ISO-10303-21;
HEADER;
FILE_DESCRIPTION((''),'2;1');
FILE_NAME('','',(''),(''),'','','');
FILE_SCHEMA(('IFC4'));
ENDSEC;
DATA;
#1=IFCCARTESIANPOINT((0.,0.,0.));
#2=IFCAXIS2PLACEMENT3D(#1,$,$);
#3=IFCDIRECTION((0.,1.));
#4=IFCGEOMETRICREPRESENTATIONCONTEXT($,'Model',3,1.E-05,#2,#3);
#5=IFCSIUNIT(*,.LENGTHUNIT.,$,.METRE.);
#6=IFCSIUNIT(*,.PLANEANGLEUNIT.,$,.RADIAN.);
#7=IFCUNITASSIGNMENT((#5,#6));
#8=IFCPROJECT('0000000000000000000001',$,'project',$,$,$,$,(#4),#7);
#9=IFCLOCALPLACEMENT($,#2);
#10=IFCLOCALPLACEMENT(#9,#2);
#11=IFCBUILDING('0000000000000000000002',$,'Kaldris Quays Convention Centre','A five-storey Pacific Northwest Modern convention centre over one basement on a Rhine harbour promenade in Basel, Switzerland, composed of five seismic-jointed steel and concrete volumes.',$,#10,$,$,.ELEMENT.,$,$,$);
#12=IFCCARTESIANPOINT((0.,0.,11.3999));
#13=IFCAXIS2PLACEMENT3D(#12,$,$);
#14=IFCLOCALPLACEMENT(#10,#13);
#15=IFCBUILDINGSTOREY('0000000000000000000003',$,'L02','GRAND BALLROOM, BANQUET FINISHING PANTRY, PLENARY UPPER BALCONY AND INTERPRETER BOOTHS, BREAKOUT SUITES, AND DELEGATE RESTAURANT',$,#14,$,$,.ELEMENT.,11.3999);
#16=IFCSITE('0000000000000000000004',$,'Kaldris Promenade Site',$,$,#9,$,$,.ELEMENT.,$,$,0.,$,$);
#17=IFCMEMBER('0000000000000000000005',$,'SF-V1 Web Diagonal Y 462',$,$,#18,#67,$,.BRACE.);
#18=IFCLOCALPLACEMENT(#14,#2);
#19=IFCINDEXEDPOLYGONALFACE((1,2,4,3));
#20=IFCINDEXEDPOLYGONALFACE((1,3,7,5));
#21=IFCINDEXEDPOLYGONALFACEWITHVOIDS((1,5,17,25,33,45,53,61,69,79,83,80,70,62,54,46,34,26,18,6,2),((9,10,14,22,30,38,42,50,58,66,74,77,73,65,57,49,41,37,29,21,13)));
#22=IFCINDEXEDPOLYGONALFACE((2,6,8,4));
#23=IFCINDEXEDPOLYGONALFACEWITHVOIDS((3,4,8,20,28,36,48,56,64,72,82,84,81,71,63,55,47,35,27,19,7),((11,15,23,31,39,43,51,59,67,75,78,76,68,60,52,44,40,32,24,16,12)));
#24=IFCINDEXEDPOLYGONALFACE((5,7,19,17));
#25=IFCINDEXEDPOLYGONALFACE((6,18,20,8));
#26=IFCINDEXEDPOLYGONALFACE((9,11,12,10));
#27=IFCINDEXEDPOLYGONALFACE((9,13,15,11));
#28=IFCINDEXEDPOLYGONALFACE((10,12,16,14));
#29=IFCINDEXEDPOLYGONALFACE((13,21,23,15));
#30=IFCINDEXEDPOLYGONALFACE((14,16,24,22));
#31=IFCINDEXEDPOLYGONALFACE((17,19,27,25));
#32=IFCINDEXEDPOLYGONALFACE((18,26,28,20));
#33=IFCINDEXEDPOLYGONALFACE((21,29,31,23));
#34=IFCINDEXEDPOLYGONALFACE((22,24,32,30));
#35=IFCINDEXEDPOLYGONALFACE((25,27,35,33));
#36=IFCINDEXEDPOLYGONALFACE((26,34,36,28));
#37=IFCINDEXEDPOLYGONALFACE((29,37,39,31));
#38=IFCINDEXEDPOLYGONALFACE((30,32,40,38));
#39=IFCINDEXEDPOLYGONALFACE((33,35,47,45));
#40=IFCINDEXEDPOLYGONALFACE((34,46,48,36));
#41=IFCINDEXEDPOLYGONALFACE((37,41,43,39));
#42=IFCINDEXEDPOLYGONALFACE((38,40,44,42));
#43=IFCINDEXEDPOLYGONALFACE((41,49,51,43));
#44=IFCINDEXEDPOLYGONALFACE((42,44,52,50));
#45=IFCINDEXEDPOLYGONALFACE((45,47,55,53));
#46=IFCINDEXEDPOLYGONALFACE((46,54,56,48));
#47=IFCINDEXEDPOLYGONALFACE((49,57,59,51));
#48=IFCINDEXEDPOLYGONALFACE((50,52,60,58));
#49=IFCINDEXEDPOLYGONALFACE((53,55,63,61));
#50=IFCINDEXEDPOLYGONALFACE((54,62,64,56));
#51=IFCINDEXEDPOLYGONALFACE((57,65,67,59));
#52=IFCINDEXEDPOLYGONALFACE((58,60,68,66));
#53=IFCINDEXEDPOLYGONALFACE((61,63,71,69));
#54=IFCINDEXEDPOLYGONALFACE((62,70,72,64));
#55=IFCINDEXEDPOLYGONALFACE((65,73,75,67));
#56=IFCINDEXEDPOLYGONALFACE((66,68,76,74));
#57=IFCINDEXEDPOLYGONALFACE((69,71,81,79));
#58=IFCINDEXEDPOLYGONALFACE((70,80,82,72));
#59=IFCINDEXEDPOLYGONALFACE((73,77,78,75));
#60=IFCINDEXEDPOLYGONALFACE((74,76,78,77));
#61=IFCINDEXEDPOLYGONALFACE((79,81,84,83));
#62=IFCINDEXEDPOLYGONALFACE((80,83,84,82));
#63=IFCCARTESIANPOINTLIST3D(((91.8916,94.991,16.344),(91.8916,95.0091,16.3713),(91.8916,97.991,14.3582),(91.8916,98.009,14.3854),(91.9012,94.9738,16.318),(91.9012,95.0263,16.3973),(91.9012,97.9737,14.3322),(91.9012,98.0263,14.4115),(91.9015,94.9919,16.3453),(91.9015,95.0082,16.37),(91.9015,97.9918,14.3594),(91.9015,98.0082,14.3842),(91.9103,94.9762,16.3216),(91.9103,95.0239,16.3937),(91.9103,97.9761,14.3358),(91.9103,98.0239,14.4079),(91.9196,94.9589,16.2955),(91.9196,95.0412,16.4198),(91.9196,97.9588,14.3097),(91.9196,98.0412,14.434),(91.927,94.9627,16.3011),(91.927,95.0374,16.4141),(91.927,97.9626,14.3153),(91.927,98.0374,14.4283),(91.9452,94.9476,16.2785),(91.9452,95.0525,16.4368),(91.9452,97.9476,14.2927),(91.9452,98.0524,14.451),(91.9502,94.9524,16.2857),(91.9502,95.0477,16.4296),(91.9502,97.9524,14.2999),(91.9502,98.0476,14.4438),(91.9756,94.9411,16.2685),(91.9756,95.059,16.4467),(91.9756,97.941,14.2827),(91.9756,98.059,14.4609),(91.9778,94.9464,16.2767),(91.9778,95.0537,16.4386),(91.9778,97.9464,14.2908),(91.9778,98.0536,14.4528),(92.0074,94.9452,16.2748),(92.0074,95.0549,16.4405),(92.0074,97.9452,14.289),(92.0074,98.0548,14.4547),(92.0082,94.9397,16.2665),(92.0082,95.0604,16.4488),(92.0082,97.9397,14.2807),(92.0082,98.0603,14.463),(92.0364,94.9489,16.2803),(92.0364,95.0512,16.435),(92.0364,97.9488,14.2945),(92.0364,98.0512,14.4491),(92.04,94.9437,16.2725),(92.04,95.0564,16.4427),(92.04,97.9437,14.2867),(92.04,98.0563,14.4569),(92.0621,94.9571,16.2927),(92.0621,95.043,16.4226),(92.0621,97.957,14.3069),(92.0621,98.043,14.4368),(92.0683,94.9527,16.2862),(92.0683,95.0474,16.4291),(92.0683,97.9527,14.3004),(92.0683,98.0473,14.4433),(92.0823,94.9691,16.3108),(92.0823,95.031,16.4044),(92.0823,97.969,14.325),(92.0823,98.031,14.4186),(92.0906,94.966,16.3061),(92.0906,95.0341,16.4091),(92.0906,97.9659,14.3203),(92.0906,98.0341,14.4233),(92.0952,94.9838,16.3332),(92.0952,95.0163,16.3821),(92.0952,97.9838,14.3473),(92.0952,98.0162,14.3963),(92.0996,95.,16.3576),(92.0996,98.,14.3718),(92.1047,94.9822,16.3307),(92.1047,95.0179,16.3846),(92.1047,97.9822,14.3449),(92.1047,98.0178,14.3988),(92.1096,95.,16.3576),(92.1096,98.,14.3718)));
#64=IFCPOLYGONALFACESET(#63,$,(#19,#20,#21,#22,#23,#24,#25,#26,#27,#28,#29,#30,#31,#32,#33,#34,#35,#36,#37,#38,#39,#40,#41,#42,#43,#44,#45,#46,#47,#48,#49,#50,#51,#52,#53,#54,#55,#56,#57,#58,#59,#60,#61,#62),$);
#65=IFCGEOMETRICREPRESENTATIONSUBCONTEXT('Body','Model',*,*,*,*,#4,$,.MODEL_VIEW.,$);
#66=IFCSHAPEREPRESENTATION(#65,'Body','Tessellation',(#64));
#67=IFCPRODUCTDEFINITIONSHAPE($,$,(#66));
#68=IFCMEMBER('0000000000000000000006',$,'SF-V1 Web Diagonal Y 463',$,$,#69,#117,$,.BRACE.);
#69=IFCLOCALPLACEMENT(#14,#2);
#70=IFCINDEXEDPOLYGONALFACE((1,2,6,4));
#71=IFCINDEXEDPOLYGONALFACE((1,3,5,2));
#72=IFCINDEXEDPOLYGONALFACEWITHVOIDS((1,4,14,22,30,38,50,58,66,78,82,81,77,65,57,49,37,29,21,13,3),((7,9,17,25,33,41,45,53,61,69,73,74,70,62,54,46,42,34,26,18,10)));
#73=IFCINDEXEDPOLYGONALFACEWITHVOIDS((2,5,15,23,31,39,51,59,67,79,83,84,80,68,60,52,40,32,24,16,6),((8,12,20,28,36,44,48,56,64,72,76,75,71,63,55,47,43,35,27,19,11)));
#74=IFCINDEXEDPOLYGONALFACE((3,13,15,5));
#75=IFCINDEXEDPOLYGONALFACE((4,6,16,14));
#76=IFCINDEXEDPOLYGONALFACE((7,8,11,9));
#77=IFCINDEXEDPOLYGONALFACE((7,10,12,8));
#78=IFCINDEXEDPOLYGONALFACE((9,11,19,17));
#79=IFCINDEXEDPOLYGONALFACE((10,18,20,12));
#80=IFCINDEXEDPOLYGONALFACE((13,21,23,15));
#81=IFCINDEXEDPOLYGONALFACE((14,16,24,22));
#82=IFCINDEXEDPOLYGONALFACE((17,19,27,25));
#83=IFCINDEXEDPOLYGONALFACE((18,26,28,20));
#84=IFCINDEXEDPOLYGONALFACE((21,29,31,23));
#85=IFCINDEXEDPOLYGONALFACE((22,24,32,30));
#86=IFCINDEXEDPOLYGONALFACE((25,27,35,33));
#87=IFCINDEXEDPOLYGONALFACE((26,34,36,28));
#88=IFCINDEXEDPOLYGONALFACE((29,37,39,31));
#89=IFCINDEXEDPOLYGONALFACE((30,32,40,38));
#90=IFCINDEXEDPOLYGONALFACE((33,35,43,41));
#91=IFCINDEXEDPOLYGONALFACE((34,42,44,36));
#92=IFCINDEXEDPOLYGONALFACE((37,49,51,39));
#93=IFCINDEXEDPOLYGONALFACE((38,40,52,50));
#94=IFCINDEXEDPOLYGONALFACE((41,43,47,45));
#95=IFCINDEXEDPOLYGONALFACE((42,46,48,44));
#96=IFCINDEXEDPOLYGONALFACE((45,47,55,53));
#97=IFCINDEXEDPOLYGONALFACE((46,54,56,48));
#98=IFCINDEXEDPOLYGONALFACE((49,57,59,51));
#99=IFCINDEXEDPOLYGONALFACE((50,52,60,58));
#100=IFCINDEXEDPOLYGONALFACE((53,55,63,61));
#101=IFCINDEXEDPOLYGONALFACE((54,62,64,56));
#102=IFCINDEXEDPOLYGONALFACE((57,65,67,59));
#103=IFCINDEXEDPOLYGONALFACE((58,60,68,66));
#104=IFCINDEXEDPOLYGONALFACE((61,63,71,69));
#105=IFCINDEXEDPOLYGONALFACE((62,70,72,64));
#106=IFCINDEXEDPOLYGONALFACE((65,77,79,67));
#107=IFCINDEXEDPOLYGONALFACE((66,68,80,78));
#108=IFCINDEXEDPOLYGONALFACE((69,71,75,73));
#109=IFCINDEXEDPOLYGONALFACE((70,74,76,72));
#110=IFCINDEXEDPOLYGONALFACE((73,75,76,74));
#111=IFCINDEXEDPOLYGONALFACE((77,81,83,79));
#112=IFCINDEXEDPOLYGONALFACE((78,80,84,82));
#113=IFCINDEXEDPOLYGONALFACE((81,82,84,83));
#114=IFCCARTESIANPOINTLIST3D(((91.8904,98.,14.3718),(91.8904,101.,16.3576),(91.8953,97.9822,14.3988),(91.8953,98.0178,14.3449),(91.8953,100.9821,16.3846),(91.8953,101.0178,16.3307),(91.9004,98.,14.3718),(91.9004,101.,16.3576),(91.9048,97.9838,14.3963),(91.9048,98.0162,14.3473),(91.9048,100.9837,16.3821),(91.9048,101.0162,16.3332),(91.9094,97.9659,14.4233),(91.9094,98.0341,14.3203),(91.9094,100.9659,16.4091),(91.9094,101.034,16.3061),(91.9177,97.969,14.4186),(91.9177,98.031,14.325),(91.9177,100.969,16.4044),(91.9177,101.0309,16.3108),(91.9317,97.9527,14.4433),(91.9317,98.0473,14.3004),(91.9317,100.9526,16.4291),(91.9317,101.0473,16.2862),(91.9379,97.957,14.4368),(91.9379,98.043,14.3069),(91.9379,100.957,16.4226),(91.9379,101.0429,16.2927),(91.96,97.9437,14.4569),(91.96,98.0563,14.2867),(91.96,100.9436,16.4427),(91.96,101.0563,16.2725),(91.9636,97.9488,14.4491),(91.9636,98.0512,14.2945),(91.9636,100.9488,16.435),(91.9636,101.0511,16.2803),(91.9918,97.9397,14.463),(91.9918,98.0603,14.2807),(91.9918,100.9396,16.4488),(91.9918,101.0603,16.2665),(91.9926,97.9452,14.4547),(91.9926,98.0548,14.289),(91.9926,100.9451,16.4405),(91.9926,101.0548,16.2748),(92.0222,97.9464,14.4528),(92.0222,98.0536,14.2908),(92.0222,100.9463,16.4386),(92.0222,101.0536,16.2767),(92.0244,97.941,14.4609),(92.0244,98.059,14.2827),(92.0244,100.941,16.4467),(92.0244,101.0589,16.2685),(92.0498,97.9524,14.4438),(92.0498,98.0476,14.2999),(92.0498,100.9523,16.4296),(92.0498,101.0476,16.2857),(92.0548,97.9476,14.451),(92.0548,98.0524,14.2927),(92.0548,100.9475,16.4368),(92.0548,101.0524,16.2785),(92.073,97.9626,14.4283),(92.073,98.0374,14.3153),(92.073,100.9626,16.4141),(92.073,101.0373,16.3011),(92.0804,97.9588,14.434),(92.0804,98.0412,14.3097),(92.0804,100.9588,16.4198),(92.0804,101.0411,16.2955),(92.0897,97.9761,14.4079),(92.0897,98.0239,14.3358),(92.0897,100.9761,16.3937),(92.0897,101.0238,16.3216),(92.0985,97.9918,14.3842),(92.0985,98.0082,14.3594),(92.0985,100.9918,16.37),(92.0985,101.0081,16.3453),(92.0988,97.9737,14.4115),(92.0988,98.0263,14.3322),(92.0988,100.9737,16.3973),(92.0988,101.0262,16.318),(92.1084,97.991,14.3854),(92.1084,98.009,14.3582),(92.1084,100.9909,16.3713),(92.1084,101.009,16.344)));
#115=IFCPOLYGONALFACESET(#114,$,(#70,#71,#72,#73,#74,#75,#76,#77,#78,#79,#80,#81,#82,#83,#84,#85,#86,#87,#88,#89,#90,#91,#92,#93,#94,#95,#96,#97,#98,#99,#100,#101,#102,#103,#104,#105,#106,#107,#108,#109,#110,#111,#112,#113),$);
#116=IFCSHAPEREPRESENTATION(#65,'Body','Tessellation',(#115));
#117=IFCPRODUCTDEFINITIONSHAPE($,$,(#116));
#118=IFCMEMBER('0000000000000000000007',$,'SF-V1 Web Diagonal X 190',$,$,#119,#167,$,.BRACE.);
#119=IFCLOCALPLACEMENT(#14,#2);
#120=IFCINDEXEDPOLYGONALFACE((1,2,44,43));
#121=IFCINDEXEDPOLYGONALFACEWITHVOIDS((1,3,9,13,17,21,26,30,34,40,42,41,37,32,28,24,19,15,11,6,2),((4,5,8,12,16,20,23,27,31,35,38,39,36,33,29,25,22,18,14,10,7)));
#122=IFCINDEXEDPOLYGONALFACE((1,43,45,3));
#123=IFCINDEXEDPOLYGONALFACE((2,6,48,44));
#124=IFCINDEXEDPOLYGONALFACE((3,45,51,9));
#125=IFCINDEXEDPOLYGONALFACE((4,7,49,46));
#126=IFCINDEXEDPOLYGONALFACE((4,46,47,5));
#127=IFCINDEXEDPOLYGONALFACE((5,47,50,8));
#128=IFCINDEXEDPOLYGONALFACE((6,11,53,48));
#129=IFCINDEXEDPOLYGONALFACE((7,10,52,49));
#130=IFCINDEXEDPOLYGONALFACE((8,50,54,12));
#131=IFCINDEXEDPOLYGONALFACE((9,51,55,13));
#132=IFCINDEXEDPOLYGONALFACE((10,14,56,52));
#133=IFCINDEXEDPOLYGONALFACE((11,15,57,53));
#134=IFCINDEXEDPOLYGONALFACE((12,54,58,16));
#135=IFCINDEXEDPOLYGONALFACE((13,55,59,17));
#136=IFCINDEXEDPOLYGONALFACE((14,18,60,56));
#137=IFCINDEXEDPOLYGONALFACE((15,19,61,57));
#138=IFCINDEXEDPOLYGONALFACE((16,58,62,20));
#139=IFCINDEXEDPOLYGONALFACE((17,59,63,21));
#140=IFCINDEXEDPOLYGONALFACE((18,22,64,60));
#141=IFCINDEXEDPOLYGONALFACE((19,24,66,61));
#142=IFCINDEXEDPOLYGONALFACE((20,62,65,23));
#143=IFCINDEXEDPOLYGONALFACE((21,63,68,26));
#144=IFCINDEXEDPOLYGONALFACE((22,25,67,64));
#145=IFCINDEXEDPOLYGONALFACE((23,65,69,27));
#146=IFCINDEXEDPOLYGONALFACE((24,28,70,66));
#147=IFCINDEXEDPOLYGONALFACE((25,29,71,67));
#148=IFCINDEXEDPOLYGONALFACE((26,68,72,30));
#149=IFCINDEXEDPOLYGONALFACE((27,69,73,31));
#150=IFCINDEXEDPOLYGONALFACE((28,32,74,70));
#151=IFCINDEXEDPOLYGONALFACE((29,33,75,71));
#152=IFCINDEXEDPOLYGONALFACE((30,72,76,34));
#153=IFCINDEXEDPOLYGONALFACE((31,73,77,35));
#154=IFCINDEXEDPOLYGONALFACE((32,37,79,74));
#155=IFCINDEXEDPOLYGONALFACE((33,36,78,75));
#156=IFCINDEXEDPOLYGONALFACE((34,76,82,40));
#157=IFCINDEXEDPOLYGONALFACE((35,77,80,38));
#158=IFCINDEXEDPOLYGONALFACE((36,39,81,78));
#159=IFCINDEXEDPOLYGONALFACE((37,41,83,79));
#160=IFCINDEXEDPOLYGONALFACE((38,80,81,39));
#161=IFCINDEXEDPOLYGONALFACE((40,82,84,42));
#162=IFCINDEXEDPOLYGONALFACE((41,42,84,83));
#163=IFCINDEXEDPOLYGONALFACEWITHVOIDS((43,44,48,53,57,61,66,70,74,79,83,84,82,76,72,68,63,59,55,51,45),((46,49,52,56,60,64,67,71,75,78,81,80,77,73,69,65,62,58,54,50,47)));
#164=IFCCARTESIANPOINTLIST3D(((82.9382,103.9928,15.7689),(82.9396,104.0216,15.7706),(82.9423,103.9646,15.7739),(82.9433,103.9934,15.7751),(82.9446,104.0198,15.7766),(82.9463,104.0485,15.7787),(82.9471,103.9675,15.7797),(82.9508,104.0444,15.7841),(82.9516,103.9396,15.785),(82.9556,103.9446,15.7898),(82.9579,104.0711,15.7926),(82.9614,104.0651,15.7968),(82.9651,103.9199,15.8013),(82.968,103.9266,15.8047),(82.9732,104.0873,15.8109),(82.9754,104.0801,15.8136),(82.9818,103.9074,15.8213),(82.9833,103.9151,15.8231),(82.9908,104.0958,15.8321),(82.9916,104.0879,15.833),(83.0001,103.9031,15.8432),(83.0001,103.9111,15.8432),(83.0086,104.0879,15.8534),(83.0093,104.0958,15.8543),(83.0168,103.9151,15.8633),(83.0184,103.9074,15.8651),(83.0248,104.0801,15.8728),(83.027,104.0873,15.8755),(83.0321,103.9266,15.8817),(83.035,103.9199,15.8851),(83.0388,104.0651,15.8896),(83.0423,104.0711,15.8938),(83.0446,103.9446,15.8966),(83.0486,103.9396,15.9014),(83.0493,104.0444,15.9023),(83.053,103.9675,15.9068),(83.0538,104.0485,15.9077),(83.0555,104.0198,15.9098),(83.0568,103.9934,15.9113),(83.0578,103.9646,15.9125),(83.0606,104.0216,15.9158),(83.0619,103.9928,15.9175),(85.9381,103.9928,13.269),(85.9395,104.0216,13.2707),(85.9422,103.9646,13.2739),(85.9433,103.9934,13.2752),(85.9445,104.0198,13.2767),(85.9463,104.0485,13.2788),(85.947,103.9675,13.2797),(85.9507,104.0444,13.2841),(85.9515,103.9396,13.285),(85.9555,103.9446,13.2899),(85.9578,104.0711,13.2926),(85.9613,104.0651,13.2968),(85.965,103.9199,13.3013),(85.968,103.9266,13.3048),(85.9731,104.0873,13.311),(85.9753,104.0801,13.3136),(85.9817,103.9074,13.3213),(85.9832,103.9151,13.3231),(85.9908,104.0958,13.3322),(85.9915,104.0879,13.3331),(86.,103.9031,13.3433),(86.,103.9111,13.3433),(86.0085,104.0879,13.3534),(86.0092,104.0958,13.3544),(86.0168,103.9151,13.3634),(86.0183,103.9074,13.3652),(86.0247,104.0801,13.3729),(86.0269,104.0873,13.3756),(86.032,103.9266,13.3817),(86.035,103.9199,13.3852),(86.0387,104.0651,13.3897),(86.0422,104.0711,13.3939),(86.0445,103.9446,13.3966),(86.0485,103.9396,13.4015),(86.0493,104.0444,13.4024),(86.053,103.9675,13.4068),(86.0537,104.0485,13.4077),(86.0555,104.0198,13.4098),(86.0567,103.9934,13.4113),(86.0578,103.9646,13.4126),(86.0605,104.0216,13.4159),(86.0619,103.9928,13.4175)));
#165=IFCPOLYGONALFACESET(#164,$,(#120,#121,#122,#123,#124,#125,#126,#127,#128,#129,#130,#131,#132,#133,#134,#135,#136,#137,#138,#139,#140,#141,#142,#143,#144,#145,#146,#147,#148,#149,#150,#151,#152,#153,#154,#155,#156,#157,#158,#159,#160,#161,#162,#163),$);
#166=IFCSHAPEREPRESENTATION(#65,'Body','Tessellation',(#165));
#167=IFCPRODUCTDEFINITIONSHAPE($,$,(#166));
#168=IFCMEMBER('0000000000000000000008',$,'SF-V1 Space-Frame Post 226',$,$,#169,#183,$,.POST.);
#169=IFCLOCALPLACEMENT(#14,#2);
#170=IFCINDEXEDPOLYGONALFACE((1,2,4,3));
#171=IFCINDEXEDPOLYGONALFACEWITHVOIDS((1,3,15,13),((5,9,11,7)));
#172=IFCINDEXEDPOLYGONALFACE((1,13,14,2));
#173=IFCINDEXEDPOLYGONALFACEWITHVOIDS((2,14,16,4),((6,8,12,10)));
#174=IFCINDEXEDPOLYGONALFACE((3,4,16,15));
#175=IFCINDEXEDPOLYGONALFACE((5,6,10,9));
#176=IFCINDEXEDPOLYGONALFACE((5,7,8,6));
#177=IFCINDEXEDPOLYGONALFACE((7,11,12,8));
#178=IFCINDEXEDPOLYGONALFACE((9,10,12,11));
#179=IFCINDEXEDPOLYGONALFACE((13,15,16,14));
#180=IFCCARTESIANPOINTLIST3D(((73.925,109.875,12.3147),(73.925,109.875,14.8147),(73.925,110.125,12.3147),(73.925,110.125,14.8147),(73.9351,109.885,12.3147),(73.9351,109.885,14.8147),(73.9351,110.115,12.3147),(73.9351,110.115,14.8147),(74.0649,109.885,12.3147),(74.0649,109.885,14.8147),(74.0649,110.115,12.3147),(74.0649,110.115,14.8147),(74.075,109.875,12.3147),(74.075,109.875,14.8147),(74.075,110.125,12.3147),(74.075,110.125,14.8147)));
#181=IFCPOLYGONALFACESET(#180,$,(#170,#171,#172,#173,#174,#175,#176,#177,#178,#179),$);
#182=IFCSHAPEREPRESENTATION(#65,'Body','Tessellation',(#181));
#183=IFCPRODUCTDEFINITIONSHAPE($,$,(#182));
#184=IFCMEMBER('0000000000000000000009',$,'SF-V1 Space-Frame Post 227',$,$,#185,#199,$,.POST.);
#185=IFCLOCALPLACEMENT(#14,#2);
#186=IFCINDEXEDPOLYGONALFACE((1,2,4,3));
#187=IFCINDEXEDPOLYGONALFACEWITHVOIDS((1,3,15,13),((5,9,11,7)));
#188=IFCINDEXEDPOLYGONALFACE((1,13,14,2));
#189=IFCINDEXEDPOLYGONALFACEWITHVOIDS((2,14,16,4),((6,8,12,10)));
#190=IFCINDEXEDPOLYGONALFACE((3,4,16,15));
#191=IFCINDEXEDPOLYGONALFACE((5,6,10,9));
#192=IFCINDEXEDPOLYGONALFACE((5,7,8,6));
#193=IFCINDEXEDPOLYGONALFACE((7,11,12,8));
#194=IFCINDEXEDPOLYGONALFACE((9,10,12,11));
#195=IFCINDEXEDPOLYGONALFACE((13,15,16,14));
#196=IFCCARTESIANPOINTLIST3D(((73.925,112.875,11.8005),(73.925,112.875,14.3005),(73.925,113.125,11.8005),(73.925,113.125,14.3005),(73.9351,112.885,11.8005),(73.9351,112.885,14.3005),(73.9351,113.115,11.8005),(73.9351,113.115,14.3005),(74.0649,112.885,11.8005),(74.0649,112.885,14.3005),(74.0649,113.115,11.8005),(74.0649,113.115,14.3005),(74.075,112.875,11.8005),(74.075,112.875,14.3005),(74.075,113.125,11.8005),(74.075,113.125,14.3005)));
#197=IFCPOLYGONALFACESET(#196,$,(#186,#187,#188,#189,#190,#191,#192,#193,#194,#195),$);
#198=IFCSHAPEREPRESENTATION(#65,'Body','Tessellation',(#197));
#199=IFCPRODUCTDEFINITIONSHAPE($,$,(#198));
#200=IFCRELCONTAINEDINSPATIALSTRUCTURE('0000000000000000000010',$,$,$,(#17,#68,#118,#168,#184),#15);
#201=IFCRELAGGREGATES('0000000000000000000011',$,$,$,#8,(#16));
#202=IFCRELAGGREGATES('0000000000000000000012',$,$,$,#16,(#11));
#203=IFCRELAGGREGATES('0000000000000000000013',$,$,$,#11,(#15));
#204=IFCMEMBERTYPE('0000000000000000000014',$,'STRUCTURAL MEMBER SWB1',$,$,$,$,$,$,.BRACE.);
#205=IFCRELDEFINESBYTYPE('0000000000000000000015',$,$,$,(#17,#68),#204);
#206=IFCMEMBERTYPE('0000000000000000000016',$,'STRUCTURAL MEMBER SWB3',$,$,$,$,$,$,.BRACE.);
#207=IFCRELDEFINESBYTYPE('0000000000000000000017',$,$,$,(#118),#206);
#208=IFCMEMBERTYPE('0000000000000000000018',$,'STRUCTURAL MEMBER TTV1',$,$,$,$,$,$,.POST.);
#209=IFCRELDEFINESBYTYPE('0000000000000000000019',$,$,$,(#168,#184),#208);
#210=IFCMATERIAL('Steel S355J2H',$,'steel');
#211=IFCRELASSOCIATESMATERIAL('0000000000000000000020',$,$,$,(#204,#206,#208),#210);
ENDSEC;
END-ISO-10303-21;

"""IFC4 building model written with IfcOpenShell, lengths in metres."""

from ifc_helpers import new_model, si_unit, direction, frame, origin, origin_2d, place, context, subcontext, project, spatial, hollow_rectangle, hollow_circle, extrude, material, material_profile, profile_set, type_object, element, save


model = new_model("IFC4")

# Units and contexts
model_context = context("Model", 3, precision=1e-05, world=origin(), true_north=direction((0.0, 1.0)))
body_context = subcontext(model_context, "Body", "Model", "MODEL_VIEW")
ifc_project = project(units=[si_unit("LENGTHUNIT", "METRE"), si_unit("PLANEANGLEUNIT", "RADIAN")], contexts=[model_context])

# Site, building, storey
site_placement = place(None, origin())
site = spatial("IfcSite", under=ifc_project, at=site_placement, Name="Kaldris Promenade Site", CompositionType="ELEMENT", RefElevation=0.0)
building_placement = place(site_placement, origin())
building = spatial("IfcBuilding", under=site, at=building_placement, Name="Kaldris Quays Convention Centre", Description="A five-storey Pacific Northwest Modern convention centre over one basement on a Rhine harbour promenade in Basel, Switzerland, composed of five seismic-jointed steel and concrete volumes.", CompositionType="ELEMENT")
storey_placement = place(building_placement, frame((0.0, 0.0, 11.3999)))
storey = spatial("IfcBuildingStorey", under=building, at=storey_placement, Name="L02", Description="GRAND BALLROOM, BANQUET FINISHING PANTRY, PLENARY UPPER BALCONY AND INTERPRETER BOOTHS, BREAKOUT SUITES, AND DELEGATE RESTAURANT", CompositionType="ELEMENT", Elevation=11.3999)

# Members
ifc_material_1 = material(Name="Steel S355J2H", Category="steel")
ifc_material_profile_1 = material_profile(ifc_material_1, hollow_circle(Radius=0.1096, WallThickness=0.01, at=origin_2d()), Name="CHS 219.1x10")
ifc_profile_set_1 = profile_set([ifc_material_profile_1], Name="Steel S355J2H")
member_type_1 = type_object("IfcMemberType", Name="STRUCTURAL MEMBER SWB1", PredefinedType="BRACE", material=ifc_profile_set_1)
for number, where, z_axis, x_axis, name in (
    (1, (92.0, 98.0, 14.3718), (0.0, -0.833862, 0.551972), (1.0, 0.0, 0.0), "SF-V1 Web Diagonal Y 462"),
    (2, (92.0, 98.0, 14.3718), (0.0, 0.833862, 0.551972), (-1.0, 0.0, 0.0), "SF-V1 Web Diagonal Y 463"),
):
    element("IfcMember", number, at=place(storey_placement, frame(where, z_axis=z_axis, x_axis=x_axis)), inside=storey, type_object=member_type_1, Name=name, PredefinedType="BRACE", context=body_context, shape_type="SweptSolid", body=[
        extrude(hollow_circle(Radius=0.1096, WallThickness=0.01, at=origin_2d()), origin(), (0.0, 0.0, 1.0), 3.5977),
    ])
ifc_material_profile_2 = material_profile(ifc_material_1, hollow_circle(Radius=0.0969, WallThickness=0.0081, at=origin_2d()), Name="CHS 193.7x8")
ifc_profile_set_2 = profile_set([ifc_material_profile_2], Name="Steel S355J2H")
member_type_2 = type_object("IfcMemberType", Name="STRUCTURAL MEMBER SWB3", PredefinedType="BRACE", material=ifc_profile_set_2)
member_1_placement = place(storey_placement, frame((86.0, 104.0, 13.3433), z_axis=(-0.768221, 0.0, 0.640184), x_axis=(0.0, -1.0, 0.0)))
element("IfcMember", 3, at=member_1_placement, inside=storey, type_object=member_type_2, Name="SF-V1 Web Diagonal X 190", PredefinedType="BRACE", context=body_context, shape_type="SweptSolid", body=[
    extrude(hollow_circle(Radius=0.0969, WallThickness=0.0081, at=origin_2d()), origin(), (0.0, 0.0, 1.0), 3.905),
])
ifc_material_profile_3 = material_profile(ifc_material_1, hollow_rectangle(XDim=0.1499, YDim=0.25, WallThickness=0.01, at=origin_2d()), Name="RHS 250x150x10")
ifc_profile_set_3 = profile_set([ifc_material_profile_3], Name="Steel S355J2H")
member_type_3 = type_object("IfcMemberType", Name="STRUCTURAL MEMBER TTV1", PredefinedType="POST", material=ifc_profile_set_3)
for number, where, z_axis, x_axis, name in (
    (4, (74.0, 110.0, 12.3147), (0.0, 0.0, 1.0), (1.0, 0.0, 0.0), "SF-V1 Space-Frame Post 226"),
    (5, (74.0, 113.0, 11.8005), (0.0, 0.0, 1.0), (1.0, 0.0, 0.0), "SF-V1 Space-Frame Post 227"),
):
    element("IfcMember", number, at=place(storey_placement, frame(where, z_axis=z_axis, x_axis=x_axis)), inside=storey, type_object=member_type_3, Name=name, PredefinedType="POST", context=body_context, shape_type="SweptSolid", body=[
        extrude(hollow_rectangle(XDim=0.1499, YDim=0.25, WallThickness=0.01, at=origin_2d()), origin(), (0.0, 0.0, 1.0), 2.5),
    ])

save(model, "model.ifc")
